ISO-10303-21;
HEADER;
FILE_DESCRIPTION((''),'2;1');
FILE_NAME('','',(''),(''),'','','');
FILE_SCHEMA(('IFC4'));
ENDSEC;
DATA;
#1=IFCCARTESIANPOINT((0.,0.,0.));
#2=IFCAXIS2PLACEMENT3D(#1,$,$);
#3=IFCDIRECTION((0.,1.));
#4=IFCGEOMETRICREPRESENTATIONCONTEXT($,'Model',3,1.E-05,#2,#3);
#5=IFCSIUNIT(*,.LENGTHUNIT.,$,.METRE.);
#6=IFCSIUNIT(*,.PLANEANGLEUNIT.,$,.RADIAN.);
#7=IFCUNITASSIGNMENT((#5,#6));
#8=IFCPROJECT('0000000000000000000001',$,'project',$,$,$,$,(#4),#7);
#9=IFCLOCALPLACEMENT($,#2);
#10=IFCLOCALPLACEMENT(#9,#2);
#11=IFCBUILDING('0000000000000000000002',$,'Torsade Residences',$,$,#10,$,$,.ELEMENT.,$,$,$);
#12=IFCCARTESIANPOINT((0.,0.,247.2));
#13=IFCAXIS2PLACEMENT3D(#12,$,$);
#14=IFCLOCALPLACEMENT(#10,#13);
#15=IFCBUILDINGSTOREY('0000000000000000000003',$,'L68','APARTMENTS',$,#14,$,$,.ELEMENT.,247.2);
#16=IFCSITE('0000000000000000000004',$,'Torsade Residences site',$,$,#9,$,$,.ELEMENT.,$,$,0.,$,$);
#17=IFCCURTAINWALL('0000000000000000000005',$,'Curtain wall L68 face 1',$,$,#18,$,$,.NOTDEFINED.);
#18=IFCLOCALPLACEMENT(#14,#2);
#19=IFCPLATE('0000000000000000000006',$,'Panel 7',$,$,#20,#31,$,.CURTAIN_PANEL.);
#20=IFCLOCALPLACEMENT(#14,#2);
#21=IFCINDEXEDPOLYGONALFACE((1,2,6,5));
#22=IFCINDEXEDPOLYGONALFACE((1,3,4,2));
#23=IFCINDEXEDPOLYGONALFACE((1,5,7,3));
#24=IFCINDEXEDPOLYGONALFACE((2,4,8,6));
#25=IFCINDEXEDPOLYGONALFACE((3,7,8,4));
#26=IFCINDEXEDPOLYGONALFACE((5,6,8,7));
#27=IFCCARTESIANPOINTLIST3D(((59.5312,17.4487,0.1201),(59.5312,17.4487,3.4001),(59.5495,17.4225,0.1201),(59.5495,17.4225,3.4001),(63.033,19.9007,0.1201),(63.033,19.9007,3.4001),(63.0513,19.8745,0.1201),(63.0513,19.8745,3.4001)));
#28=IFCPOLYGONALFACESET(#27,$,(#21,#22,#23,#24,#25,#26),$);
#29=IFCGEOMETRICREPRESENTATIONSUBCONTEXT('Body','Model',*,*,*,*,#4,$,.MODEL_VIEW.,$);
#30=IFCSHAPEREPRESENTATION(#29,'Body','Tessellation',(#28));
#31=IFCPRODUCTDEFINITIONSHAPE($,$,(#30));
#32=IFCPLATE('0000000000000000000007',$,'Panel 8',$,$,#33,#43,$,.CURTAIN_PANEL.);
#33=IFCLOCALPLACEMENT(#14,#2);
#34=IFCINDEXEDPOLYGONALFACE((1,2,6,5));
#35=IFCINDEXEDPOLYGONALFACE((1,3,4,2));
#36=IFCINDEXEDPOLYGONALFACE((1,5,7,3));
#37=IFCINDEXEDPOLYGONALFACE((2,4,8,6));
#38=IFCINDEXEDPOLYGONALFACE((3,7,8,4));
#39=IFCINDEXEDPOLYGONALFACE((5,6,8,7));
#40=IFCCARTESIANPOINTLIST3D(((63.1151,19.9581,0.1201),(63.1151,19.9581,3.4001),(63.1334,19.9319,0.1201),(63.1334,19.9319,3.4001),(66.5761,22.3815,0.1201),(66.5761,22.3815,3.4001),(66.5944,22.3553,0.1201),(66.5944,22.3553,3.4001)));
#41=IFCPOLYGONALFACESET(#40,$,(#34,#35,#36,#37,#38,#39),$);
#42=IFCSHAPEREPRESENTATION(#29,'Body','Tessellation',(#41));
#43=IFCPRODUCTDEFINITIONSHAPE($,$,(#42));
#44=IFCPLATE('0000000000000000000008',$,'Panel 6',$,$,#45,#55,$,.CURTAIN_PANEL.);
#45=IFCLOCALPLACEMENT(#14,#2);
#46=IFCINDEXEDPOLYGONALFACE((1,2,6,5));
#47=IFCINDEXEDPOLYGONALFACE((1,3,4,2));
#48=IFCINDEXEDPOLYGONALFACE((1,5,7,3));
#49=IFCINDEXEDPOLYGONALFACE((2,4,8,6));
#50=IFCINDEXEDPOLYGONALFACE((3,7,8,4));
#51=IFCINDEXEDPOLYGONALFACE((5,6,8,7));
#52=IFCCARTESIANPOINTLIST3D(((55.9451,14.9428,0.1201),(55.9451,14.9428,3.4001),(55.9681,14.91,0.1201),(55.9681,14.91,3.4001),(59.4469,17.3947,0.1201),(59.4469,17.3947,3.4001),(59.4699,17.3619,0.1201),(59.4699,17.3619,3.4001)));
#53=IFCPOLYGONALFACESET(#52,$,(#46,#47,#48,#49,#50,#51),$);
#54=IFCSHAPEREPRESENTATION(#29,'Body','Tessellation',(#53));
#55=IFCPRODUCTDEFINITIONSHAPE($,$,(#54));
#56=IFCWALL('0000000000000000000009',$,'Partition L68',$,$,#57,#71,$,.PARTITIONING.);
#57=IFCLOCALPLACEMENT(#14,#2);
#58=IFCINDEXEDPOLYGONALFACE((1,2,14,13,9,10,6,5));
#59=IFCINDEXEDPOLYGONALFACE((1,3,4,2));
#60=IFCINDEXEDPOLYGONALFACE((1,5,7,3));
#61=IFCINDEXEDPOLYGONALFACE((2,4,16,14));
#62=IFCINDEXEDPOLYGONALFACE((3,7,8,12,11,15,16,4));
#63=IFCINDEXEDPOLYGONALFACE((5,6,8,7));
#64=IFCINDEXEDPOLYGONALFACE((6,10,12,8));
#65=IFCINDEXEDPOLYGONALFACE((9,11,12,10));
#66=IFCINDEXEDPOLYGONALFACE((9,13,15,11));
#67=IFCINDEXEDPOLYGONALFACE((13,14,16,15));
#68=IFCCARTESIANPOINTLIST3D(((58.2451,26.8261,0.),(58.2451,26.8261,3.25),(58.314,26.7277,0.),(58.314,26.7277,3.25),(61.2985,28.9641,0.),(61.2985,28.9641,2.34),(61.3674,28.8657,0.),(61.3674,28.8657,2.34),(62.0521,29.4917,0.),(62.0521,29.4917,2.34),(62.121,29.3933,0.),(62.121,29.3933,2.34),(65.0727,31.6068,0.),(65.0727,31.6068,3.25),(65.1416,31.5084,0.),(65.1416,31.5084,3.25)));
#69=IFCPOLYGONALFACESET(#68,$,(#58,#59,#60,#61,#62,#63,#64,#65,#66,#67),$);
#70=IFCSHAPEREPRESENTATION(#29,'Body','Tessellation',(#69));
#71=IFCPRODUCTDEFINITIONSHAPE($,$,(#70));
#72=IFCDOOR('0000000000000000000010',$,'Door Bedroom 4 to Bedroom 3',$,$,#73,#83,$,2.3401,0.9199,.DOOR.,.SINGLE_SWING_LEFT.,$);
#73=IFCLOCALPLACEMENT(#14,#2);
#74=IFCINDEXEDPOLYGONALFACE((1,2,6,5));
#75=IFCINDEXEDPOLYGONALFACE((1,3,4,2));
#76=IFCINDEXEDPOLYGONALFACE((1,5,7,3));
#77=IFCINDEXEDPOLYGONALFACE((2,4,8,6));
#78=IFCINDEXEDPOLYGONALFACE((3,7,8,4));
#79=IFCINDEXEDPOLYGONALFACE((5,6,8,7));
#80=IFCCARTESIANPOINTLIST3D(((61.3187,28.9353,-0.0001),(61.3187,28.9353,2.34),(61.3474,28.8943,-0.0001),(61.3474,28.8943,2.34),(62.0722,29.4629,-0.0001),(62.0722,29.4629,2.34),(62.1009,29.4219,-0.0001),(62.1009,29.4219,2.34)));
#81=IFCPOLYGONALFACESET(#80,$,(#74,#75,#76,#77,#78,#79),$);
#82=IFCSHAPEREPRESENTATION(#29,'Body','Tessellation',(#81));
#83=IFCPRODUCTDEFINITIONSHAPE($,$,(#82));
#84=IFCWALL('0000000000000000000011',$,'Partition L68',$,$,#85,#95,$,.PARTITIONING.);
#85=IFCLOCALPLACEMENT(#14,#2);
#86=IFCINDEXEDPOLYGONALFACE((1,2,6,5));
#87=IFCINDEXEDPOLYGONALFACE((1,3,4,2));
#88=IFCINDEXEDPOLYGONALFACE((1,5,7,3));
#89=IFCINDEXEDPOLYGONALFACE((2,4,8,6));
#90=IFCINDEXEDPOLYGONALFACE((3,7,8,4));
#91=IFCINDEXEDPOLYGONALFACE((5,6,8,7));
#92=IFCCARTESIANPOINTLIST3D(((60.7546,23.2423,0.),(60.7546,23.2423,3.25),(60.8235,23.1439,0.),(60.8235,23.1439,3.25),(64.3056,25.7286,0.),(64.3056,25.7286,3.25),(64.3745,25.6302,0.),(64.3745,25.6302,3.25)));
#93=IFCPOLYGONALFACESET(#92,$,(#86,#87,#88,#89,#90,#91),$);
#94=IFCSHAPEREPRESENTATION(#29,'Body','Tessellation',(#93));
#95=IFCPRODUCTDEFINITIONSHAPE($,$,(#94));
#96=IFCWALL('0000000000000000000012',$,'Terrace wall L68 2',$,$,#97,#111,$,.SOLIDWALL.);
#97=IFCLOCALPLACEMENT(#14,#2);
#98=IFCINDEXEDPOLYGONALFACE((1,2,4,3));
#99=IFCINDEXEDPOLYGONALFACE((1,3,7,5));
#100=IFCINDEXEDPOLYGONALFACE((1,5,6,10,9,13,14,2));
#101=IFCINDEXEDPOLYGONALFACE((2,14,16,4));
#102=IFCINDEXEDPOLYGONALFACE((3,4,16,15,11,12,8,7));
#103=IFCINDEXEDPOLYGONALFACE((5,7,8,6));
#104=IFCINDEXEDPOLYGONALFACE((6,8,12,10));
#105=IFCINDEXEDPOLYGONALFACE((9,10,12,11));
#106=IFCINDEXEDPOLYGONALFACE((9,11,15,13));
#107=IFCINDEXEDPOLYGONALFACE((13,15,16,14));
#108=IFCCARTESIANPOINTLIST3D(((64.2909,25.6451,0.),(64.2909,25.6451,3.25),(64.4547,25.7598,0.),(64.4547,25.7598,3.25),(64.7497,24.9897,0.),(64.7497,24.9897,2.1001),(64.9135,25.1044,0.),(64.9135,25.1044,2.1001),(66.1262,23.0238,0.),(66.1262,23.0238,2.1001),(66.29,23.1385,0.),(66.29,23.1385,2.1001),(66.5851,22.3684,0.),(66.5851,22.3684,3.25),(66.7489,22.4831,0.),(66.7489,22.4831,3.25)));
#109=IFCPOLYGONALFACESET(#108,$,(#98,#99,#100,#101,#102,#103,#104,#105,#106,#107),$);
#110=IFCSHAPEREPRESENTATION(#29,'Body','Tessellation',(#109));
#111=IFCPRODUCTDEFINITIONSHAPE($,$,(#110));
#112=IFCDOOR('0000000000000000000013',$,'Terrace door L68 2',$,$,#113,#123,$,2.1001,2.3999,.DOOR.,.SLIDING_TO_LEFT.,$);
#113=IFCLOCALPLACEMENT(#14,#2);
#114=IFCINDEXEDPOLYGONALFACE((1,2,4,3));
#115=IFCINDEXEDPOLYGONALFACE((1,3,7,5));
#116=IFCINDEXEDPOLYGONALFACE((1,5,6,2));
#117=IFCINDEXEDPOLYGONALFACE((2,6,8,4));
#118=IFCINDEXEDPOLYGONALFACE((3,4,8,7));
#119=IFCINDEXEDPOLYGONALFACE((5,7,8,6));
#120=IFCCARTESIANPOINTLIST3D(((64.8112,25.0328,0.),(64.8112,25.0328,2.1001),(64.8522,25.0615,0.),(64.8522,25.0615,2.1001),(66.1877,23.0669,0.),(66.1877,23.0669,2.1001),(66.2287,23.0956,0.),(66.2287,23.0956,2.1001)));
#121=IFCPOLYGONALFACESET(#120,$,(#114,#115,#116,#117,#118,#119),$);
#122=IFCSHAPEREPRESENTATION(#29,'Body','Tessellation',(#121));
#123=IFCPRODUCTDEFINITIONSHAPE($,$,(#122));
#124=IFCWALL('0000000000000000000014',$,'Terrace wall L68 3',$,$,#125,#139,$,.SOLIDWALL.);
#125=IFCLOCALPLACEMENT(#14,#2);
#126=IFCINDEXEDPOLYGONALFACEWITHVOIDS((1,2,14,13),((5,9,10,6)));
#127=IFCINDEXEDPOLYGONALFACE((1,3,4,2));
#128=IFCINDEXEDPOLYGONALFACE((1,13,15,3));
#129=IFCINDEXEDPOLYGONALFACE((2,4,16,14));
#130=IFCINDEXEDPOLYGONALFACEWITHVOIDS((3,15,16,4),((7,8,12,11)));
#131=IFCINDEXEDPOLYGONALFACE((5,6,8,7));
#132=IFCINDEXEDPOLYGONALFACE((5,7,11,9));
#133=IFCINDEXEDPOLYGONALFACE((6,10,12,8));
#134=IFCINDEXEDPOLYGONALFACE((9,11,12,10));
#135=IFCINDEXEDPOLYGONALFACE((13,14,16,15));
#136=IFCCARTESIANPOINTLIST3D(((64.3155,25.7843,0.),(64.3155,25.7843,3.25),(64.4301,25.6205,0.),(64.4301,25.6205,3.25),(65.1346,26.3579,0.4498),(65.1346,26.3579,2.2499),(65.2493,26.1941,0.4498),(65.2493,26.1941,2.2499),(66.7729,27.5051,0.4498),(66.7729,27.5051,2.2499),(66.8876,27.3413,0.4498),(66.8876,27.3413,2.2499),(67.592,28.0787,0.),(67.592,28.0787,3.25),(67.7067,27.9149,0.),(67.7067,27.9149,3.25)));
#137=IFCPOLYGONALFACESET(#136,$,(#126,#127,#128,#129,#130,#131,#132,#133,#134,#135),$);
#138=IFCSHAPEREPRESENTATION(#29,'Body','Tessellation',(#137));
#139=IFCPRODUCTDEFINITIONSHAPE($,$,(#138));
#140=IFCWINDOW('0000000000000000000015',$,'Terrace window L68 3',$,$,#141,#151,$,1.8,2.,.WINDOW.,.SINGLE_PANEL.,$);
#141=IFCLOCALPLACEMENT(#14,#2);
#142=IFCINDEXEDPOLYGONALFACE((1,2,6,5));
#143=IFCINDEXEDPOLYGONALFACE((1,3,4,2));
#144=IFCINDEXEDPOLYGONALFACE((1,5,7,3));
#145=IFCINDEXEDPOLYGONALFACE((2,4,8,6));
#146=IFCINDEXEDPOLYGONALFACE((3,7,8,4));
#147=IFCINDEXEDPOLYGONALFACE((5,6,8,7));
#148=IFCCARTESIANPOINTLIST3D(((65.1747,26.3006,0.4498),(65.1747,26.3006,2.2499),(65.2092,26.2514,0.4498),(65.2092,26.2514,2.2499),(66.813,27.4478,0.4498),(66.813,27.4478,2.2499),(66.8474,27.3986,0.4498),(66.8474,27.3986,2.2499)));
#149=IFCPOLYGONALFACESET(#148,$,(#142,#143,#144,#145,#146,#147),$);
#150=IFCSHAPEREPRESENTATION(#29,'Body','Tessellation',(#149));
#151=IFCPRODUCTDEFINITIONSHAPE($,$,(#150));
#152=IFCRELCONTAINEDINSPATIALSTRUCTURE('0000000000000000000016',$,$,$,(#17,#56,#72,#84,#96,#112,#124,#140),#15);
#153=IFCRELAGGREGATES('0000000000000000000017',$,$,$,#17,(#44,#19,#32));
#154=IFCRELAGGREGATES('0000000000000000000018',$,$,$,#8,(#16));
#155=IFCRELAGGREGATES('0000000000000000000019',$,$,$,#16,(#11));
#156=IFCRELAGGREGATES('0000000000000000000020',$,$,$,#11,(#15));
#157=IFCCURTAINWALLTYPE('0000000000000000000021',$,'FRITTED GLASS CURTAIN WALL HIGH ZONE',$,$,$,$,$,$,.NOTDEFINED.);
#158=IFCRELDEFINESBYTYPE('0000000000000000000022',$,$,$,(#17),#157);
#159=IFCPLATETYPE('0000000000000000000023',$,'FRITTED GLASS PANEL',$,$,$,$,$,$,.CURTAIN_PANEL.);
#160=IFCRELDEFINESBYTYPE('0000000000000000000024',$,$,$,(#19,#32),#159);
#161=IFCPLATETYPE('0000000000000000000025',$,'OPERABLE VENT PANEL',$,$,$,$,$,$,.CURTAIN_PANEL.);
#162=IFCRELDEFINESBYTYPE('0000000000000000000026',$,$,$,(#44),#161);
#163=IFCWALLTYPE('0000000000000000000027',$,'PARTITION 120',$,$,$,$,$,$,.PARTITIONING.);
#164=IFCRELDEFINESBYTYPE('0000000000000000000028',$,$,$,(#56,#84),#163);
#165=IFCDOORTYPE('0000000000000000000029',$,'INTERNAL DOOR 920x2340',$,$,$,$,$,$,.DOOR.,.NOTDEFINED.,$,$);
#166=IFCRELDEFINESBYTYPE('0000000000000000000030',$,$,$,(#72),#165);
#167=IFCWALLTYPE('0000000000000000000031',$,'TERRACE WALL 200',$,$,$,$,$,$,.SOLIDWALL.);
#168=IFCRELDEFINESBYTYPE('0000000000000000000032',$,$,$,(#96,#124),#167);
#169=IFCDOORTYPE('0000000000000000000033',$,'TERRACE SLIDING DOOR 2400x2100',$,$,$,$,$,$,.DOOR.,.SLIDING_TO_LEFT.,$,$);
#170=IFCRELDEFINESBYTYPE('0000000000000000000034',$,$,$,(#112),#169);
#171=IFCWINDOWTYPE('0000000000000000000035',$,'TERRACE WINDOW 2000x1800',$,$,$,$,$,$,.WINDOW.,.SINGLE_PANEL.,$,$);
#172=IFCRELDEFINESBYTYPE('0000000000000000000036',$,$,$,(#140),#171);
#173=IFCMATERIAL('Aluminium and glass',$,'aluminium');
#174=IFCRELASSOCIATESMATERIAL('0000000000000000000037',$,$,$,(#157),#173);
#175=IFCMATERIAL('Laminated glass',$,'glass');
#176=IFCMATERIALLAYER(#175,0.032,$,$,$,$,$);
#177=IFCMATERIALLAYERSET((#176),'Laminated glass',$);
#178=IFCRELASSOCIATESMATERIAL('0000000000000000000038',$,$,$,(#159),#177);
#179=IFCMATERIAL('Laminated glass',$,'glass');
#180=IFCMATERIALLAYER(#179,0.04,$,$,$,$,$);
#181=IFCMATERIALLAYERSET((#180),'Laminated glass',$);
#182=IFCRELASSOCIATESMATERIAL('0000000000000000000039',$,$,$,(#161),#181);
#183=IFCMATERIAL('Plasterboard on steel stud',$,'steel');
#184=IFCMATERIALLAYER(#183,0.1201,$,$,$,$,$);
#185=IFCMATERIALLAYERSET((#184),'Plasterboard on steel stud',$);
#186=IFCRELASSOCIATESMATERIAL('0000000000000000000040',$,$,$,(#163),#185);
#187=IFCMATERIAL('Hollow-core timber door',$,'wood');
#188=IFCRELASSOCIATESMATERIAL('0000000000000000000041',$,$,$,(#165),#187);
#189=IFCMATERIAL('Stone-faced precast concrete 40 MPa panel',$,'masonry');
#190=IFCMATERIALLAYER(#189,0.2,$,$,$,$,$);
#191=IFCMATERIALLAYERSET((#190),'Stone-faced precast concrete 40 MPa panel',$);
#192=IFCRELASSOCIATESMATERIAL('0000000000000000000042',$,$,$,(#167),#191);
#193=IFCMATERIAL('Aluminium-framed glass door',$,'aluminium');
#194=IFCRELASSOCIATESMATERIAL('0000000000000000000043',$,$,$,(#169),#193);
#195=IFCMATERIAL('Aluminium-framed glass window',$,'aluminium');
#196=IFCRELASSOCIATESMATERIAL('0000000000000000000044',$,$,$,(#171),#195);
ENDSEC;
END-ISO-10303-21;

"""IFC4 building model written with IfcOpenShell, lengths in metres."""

from ifc_helpers import new_model, si_unit, direction, frame, frame_2d, origin, origin_2d, place, context, subcontext, project, spatial, rectangle, extrude, material, layer, layer_set, type_object, element, fill, aggregate, save


model = new_model("IFC4")

# Units and contexts
model_context = context("Model", 3, precision=1e-05, world=origin(), true_north=direction((0.0, 1.0)))
body_context = subcontext(model_context, "Body", "Model", "MODEL_VIEW")
ifc_project = project(units=[si_unit("LENGTHUNIT", "METRE"), si_unit("PLANEANGLEUNIT", "RADIAN")], contexts=[model_context])

# Site, building, storey
site_placement = place(None, origin())
site = spatial("IfcSite", under=ifc_project, at=site_placement, Name="Torsade Residences site", CompositionType="ELEMENT", RefElevation=0.0)
building_placement = place(site_placement, origin())
building = spatial("IfcBuilding", under=site, at=building_placement, Name="Torsade Residences", CompositionType="ELEMENT")
storey_placement = place(building_placement, frame((0.0, 0.0, 247.2)))
storey = spatial("IfcBuildingStorey", under=building, at=storey_placement, Name="L68", Description="APARTMENTS", CompositionType="ELEMENT", Elevation=247.2)

# Curtain wall
ifc_material_1 = material(Name="Aluminium and glass", Category="aluminium")
curtain_wall_type = type_object("IfcCurtainWallType", Name="FRITTED GLASS CURTAIN WALL HIGH ZONE", PredefinedType="NOTDEFINED", material=ifc_material_1)
curtain_wall_placement = place(storey_placement, origin())
curtain_wall = element("IfcCurtainWall", 1, at=curtain_wall_placement, inside=storey, type_object=curtain_wall_type, Name="Curtain wall L68 face 1", PredefinedType="NOTDEFINED")

# Plates
ifc_material_2 = material(Name="Laminated glass", Category="glass")
ifc_layer_1 = layer(ifc_material_2, 0.032)
ifc_layer_set_1 = layer_set([ifc_layer_1], Name="Laminated glass")
plate_type_1 = type_object("IfcPlateType", Name="FRITTED GLASS PANEL", PredefinedType="CURTAIN_PANEL", material=ifc_layer_set_1)
plate_1_placement = place(storey_placement, frame((61.2913, 18.6616, 0.1201), z_axis=(0.0, 0.0, 1.0), x_axis=(0.819152, 0.573576, 0.0)))
plate_1 = element("IfcPlate", 2, at=plate_1_placement, type_object=plate_type_1, Name="Panel 7", PredefinedType="CURTAIN_PANEL", context=body_context, shape_type="SweptSolid", body=[
    extrude(rectangle(XDim=4.2749, YDim=0.032, at=origin_2d()), origin(), (0.0, 0.0, 1.0), 3.28),
])
plate_2_placement = place(storey_placement, frame((64.8547, 21.1567, 0.1201), z_axis=(0.0, 0.0, 1.0), x_axis=(0.819152, 0.573576, 0.0)))
plate_2 = element("IfcPlate", 3, at=plate_2_placement, type_object=plate_type_1, Name="Panel 8", PredefinedType="CURTAIN_PANEL", context=body_context, shape_type="SweptSolid", body=[
    extrude(rectangle(XDim=4.2251, YDim=0.032, at=origin_2d()), origin(), (0.0, 0.0, 1.0), 3.28),
])
ifc_material_3 = material(Name="Laminated glass", Category="glass")
ifc_layer_2 = layer(ifc_material_3, 0.04)
ifc_layer_set_2 = layer_set([ifc_layer_2], Name="Laminated glass")
plate_type_2 = type_object("IfcPlateType", Name="OPERABLE VENT PANEL", PredefinedType="CURTAIN_PANEL", material=ifc_layer_set_2)
plate_3_placement = place(storey_placement, frame((57.7075, 16.1523, 0.1201), z_axis=(0.0, 0.0, 1.0), x_axis=(0.819152, 0.573576, 0.0)))
plate_3 = element("IfcPlate", 4, at=plate_3_placement, type_object=plate_type_2, Name="Panel 6", PredefinedType="CURTAIN_PANEL", context=body_context, shape_type="SweptSolid", body=[
    extrude(rectangle(XDim=4.2749, YDim=0.04, at=origin_2d()), origin(), (0.0, 0.0, 1.0), 3.28),
])
aggregate(curtain_wall, [plate_3, plate_1, plate_2])

# Wall, opening, door
ifc_material_4 = material(Name="Plasterboard on steel stud", Category="steel")
ifc_layer_3 = layer(ifc_material_4, 0.1201)
ifc_layer_set_3 = layer_set([ifc_layer_3], Name="Plasterboard on steel stud")
wall_type_1 = type_object("IfcWallType", Name="PARTITION 120", PredefinedType="PARTITIONING", material=ifc_layer_set_3)
wall_1_placement = place(storey_placement, frame((58.2795, 26.7769, 0.0), z_axis=(0.0, 0.0, 1.0), x_axis=(0.819152, 0.573576, 0.0)))
wall_1 = element("IfcWall", 5, at=wall_1_placement, inside=storey, type_object=wall_type_1, Name="Partition L68", PredefinedType="PARTITIONING", context=body_context, shape_type="SweptSolid", body=[
    extrude(rectangle(XDim=8.335, YDim=0.1201, at=frame_2d((4.1675, 0.0))), origin(), (0.0, 0.0, 1.0), 3.25),
])
opening_1_placement = place(wall_1_placement, frame((3.7275, 0.0, 0.0)))
opening_1 = element("IfcOpeningElement", 6, at=opening_1_placement, cuts=wall_1, PredefinedType="OPENING", context=body_context, shape_type="SweptSolid", body=[
    extrude(rectangle(XDim=0.9199, YDim=2.3401, at=frame_2d((0.46, 1.1699))), frame((0.0, 0.0701, 0.0), z_axis=(0.0, -1.0, 0.0), x_axis=(1.0, 0.0, 0.0)), (0.0, 0.0, 1.0), 0.1401),
])
ifc_material_5 = material(Name="Hollow-core timber door", Category="wood")
door_type_1 = type_object("IfcDoorType", Name="INTERNAL DOOR 920x2340", OperationType="NOTDEFINED", PredefinedType="DOOR", material=ifc_material_5)
door_1_placement = place(opening_1_placement, origin())
door_1 = element("IfcDoor", 7, at=door_1_placement, inside=storey, type_object=door_type_1, Name="Door Bedroom 4 to Bedroom 3", OperationType="SINGLE_SWING_LEFT", OverallHeight=2.3401, OverallWidth=0.9199, PredefinedType="DOOR", context=body_context, shape_type="SweptSolid", body=[
    extrude(rectangle(XDim=0.9199, YDim=2.3401, at=frame_2d((0.46, 1.1699))), frame((0.0, 0.0249, 0.0), z_axis=(0.0, -1.0, 0.0), x_axis=(1.0, 0.0, 0.0)), (0.0, 0.0, 1.0), 0.05),
])
fill(opening_1, door_1)

# Wall
wall_2_placement = place(storey_placement, frame((64.3401, 25.6794, 0.0), z_axis=(0.0, 0.0, 1.0), x_axis=(-0.819166, -0.573557, 0.0)))
element("IfcWall", 8, at=wall_2_placement, inside=storey, type_object=wall_type_1, Name="Partition L68", PredefinedType="PARTITIONING", context=body_context, shape_type="SweptSolid", body=[
    extrude(rectangle(XDim=4.335, YDim=0.1201, at=frame_2d((2.1675, 0.0))), origin(), (0.0, 0.0, 1.0), 3.25),
])

# Wall, opening, door
ifc_material_6 = material(Name="Stone-faced precast concrete 40 MPa panel", Category="masonry")
ifc_layer_4 = layer(ifc_material_6, 0.2)
ifc_layer_set_4 = layer_set([ifc_layer_4], Name="Stone-faced precast concrete 40 MPa panel")
wall_type_2 = type_object("IfcWallType", Name="TERRACE WALL 200", PredefinedType="SOLIDWALL", material=ifc_layer_set_4)
wall_3_placement = place(storey_placement, frame((66.667, 22.4258, 0.0), z_axis=(0.0, 0.0, 1.0), x_axis=(-0.573557, 0.819166, 0.0)))
wall_3 = element("IfcWall", 9, at=wall_3_placement, inside=storey, type_object=wall_type_2, Name="Terrace wall L68 2", PredefinedType="SOLIDWALL", context=body_context, shape_type="SweptSolid", body=[
    extrude(rectangle(XDim=4.0, YDim=0.2, at=frame_2d((2.0, 0.0))), origin(), (0.0, 0.0, 1.0), 3.25),
])
opening_2_placement = place(wall_3_placement, frame((0.8, 0.0, 0.0)))
opening_2 = element("IfcOpeningElement", 10, at=opening_2_placement, cuts=wall_3, PredefinedType="OPENING", context=body_context, shape_type="SweptSolid", body=[
    extrude(rectangle(XDim=2.3999, YDim=2.1001, at=frame_2d((1.2, 1.05))), frame((0.0, 0.1099, 0.0), z_axis=(0.0, -1.0, 0.0), x_axis=(1.0, 0.0, 0.0)), (0.0, 0.0, 1.0), 0.22),
])
ifc_material_7 = material(Name="Aluminium-framed glass door", Category="aluminium")
door_type_2 = type_object("IfcDoorType", Name="TERRACE SLIDING DOOR 2400x2100", OperationType="SLIDING_TO_LEFT", PredefinedType="DOOR", material=ifc_material_7)
door_2_placement = place(opening_2_placement, origin())
door_2 = element("IfcDoor", 11, at=door_2_placement, inside=storey, type_object=door_type_2, Name="Terrace door L68 2", OperationType="SLIDING_TO_LEFT", OverallHeight=2.1001, OverallWidth=2.3999, PredefinedType="DOOR", context=body_context, shape_type="SweptSolid", body=[
    extrude(rectangle(XDim=2.3999, YDim=2.1001, at=frame_2d((1.2, 1.05))), frame((0.0, 0.0249, 0.0), z_axis=(0.0, -1.0, 0.0), x_axis=(1.0, 0.0, 0.0)), (0.0, 0.0, 1.0), 0.05),
])
fill(opening_2, door_2)

# Wall, opening, window
wall_4_placement = place(storey_placement, frame((64.3728, 25.7024, 0.0), z_axis=(0.0, 0.0, 1.0), x_axis=(0.819137, 0.573598, 0.0)))
wall_4 = element("IfcWall", 12, at=wall_4_placement, inside=storey, type_object=wall_type_2, Name="Terrace wall L68 3", PredefinedType="SOLIDWALL", context=body_context, shape_type="SweptSolid", body=[
    extrude(rectangle(XDim=4.0, YDim=0.2, at=frame_2d((2.0, 0.0))), origin(), (0.0, 0.0, 1.0), 3.25),
])
opening_3_placement = place(wall_4_placement, frame((1.0, 0.0, 0.45)))
opening_3 = element("IfcOpeningElement", 13, at=opening_3_placement, cuts=wall_4, PredefinedType="OPENING", context=body_context, shape_type="SweptSolid", body=[
    extrude(rectangle(XDim=2.0, YDim=1.8, at=frame_2d((1.0, 0.8999))), frame((0.0, 0.1099, 0.0), z_axis=(0.0, -1.0, 0.0), x_axis=(1.0, 0.0, 0.0)), (0.0, 0.0, 1.0), 0.22),
])
ifc_material_8 = material(Name="Aluminium-framed glass window", Category="aluminium")
window_type = type_object("IfcWindowType", Name="TERRACE WINDOW 2000x1800", PartitioningType="SINGLE_PANEL", PredefinedType="WINDOW", material=ifc_material_8)
window_placement = place(opening_3_placement, origin())
window = element("IfcWindow", 14, at=window_placement, inside=storey, type_object=window_type, Name="Terrace window L68 3", OverallHeight=1.8, OverallWidth=2.0, PartitioningType="SINGLE_PANEL", PredefinedType="WINDOW", context=body_context, shape_type="SweptSolid", body=[
    extrude(rectangle(XDim=2.0, YDim=1.8, at=frame_2d((1.0, 0.8999))), frame((0.0, 0.03, 0.0), z_axis=(0.0, -1.0, 0.0), x_axis=(1.0, 0.0, 0.0)), (0.0, 0.0, 1.0), 0.0601),
])
fill(opening_3, window)

save(model, "model.ifc")
